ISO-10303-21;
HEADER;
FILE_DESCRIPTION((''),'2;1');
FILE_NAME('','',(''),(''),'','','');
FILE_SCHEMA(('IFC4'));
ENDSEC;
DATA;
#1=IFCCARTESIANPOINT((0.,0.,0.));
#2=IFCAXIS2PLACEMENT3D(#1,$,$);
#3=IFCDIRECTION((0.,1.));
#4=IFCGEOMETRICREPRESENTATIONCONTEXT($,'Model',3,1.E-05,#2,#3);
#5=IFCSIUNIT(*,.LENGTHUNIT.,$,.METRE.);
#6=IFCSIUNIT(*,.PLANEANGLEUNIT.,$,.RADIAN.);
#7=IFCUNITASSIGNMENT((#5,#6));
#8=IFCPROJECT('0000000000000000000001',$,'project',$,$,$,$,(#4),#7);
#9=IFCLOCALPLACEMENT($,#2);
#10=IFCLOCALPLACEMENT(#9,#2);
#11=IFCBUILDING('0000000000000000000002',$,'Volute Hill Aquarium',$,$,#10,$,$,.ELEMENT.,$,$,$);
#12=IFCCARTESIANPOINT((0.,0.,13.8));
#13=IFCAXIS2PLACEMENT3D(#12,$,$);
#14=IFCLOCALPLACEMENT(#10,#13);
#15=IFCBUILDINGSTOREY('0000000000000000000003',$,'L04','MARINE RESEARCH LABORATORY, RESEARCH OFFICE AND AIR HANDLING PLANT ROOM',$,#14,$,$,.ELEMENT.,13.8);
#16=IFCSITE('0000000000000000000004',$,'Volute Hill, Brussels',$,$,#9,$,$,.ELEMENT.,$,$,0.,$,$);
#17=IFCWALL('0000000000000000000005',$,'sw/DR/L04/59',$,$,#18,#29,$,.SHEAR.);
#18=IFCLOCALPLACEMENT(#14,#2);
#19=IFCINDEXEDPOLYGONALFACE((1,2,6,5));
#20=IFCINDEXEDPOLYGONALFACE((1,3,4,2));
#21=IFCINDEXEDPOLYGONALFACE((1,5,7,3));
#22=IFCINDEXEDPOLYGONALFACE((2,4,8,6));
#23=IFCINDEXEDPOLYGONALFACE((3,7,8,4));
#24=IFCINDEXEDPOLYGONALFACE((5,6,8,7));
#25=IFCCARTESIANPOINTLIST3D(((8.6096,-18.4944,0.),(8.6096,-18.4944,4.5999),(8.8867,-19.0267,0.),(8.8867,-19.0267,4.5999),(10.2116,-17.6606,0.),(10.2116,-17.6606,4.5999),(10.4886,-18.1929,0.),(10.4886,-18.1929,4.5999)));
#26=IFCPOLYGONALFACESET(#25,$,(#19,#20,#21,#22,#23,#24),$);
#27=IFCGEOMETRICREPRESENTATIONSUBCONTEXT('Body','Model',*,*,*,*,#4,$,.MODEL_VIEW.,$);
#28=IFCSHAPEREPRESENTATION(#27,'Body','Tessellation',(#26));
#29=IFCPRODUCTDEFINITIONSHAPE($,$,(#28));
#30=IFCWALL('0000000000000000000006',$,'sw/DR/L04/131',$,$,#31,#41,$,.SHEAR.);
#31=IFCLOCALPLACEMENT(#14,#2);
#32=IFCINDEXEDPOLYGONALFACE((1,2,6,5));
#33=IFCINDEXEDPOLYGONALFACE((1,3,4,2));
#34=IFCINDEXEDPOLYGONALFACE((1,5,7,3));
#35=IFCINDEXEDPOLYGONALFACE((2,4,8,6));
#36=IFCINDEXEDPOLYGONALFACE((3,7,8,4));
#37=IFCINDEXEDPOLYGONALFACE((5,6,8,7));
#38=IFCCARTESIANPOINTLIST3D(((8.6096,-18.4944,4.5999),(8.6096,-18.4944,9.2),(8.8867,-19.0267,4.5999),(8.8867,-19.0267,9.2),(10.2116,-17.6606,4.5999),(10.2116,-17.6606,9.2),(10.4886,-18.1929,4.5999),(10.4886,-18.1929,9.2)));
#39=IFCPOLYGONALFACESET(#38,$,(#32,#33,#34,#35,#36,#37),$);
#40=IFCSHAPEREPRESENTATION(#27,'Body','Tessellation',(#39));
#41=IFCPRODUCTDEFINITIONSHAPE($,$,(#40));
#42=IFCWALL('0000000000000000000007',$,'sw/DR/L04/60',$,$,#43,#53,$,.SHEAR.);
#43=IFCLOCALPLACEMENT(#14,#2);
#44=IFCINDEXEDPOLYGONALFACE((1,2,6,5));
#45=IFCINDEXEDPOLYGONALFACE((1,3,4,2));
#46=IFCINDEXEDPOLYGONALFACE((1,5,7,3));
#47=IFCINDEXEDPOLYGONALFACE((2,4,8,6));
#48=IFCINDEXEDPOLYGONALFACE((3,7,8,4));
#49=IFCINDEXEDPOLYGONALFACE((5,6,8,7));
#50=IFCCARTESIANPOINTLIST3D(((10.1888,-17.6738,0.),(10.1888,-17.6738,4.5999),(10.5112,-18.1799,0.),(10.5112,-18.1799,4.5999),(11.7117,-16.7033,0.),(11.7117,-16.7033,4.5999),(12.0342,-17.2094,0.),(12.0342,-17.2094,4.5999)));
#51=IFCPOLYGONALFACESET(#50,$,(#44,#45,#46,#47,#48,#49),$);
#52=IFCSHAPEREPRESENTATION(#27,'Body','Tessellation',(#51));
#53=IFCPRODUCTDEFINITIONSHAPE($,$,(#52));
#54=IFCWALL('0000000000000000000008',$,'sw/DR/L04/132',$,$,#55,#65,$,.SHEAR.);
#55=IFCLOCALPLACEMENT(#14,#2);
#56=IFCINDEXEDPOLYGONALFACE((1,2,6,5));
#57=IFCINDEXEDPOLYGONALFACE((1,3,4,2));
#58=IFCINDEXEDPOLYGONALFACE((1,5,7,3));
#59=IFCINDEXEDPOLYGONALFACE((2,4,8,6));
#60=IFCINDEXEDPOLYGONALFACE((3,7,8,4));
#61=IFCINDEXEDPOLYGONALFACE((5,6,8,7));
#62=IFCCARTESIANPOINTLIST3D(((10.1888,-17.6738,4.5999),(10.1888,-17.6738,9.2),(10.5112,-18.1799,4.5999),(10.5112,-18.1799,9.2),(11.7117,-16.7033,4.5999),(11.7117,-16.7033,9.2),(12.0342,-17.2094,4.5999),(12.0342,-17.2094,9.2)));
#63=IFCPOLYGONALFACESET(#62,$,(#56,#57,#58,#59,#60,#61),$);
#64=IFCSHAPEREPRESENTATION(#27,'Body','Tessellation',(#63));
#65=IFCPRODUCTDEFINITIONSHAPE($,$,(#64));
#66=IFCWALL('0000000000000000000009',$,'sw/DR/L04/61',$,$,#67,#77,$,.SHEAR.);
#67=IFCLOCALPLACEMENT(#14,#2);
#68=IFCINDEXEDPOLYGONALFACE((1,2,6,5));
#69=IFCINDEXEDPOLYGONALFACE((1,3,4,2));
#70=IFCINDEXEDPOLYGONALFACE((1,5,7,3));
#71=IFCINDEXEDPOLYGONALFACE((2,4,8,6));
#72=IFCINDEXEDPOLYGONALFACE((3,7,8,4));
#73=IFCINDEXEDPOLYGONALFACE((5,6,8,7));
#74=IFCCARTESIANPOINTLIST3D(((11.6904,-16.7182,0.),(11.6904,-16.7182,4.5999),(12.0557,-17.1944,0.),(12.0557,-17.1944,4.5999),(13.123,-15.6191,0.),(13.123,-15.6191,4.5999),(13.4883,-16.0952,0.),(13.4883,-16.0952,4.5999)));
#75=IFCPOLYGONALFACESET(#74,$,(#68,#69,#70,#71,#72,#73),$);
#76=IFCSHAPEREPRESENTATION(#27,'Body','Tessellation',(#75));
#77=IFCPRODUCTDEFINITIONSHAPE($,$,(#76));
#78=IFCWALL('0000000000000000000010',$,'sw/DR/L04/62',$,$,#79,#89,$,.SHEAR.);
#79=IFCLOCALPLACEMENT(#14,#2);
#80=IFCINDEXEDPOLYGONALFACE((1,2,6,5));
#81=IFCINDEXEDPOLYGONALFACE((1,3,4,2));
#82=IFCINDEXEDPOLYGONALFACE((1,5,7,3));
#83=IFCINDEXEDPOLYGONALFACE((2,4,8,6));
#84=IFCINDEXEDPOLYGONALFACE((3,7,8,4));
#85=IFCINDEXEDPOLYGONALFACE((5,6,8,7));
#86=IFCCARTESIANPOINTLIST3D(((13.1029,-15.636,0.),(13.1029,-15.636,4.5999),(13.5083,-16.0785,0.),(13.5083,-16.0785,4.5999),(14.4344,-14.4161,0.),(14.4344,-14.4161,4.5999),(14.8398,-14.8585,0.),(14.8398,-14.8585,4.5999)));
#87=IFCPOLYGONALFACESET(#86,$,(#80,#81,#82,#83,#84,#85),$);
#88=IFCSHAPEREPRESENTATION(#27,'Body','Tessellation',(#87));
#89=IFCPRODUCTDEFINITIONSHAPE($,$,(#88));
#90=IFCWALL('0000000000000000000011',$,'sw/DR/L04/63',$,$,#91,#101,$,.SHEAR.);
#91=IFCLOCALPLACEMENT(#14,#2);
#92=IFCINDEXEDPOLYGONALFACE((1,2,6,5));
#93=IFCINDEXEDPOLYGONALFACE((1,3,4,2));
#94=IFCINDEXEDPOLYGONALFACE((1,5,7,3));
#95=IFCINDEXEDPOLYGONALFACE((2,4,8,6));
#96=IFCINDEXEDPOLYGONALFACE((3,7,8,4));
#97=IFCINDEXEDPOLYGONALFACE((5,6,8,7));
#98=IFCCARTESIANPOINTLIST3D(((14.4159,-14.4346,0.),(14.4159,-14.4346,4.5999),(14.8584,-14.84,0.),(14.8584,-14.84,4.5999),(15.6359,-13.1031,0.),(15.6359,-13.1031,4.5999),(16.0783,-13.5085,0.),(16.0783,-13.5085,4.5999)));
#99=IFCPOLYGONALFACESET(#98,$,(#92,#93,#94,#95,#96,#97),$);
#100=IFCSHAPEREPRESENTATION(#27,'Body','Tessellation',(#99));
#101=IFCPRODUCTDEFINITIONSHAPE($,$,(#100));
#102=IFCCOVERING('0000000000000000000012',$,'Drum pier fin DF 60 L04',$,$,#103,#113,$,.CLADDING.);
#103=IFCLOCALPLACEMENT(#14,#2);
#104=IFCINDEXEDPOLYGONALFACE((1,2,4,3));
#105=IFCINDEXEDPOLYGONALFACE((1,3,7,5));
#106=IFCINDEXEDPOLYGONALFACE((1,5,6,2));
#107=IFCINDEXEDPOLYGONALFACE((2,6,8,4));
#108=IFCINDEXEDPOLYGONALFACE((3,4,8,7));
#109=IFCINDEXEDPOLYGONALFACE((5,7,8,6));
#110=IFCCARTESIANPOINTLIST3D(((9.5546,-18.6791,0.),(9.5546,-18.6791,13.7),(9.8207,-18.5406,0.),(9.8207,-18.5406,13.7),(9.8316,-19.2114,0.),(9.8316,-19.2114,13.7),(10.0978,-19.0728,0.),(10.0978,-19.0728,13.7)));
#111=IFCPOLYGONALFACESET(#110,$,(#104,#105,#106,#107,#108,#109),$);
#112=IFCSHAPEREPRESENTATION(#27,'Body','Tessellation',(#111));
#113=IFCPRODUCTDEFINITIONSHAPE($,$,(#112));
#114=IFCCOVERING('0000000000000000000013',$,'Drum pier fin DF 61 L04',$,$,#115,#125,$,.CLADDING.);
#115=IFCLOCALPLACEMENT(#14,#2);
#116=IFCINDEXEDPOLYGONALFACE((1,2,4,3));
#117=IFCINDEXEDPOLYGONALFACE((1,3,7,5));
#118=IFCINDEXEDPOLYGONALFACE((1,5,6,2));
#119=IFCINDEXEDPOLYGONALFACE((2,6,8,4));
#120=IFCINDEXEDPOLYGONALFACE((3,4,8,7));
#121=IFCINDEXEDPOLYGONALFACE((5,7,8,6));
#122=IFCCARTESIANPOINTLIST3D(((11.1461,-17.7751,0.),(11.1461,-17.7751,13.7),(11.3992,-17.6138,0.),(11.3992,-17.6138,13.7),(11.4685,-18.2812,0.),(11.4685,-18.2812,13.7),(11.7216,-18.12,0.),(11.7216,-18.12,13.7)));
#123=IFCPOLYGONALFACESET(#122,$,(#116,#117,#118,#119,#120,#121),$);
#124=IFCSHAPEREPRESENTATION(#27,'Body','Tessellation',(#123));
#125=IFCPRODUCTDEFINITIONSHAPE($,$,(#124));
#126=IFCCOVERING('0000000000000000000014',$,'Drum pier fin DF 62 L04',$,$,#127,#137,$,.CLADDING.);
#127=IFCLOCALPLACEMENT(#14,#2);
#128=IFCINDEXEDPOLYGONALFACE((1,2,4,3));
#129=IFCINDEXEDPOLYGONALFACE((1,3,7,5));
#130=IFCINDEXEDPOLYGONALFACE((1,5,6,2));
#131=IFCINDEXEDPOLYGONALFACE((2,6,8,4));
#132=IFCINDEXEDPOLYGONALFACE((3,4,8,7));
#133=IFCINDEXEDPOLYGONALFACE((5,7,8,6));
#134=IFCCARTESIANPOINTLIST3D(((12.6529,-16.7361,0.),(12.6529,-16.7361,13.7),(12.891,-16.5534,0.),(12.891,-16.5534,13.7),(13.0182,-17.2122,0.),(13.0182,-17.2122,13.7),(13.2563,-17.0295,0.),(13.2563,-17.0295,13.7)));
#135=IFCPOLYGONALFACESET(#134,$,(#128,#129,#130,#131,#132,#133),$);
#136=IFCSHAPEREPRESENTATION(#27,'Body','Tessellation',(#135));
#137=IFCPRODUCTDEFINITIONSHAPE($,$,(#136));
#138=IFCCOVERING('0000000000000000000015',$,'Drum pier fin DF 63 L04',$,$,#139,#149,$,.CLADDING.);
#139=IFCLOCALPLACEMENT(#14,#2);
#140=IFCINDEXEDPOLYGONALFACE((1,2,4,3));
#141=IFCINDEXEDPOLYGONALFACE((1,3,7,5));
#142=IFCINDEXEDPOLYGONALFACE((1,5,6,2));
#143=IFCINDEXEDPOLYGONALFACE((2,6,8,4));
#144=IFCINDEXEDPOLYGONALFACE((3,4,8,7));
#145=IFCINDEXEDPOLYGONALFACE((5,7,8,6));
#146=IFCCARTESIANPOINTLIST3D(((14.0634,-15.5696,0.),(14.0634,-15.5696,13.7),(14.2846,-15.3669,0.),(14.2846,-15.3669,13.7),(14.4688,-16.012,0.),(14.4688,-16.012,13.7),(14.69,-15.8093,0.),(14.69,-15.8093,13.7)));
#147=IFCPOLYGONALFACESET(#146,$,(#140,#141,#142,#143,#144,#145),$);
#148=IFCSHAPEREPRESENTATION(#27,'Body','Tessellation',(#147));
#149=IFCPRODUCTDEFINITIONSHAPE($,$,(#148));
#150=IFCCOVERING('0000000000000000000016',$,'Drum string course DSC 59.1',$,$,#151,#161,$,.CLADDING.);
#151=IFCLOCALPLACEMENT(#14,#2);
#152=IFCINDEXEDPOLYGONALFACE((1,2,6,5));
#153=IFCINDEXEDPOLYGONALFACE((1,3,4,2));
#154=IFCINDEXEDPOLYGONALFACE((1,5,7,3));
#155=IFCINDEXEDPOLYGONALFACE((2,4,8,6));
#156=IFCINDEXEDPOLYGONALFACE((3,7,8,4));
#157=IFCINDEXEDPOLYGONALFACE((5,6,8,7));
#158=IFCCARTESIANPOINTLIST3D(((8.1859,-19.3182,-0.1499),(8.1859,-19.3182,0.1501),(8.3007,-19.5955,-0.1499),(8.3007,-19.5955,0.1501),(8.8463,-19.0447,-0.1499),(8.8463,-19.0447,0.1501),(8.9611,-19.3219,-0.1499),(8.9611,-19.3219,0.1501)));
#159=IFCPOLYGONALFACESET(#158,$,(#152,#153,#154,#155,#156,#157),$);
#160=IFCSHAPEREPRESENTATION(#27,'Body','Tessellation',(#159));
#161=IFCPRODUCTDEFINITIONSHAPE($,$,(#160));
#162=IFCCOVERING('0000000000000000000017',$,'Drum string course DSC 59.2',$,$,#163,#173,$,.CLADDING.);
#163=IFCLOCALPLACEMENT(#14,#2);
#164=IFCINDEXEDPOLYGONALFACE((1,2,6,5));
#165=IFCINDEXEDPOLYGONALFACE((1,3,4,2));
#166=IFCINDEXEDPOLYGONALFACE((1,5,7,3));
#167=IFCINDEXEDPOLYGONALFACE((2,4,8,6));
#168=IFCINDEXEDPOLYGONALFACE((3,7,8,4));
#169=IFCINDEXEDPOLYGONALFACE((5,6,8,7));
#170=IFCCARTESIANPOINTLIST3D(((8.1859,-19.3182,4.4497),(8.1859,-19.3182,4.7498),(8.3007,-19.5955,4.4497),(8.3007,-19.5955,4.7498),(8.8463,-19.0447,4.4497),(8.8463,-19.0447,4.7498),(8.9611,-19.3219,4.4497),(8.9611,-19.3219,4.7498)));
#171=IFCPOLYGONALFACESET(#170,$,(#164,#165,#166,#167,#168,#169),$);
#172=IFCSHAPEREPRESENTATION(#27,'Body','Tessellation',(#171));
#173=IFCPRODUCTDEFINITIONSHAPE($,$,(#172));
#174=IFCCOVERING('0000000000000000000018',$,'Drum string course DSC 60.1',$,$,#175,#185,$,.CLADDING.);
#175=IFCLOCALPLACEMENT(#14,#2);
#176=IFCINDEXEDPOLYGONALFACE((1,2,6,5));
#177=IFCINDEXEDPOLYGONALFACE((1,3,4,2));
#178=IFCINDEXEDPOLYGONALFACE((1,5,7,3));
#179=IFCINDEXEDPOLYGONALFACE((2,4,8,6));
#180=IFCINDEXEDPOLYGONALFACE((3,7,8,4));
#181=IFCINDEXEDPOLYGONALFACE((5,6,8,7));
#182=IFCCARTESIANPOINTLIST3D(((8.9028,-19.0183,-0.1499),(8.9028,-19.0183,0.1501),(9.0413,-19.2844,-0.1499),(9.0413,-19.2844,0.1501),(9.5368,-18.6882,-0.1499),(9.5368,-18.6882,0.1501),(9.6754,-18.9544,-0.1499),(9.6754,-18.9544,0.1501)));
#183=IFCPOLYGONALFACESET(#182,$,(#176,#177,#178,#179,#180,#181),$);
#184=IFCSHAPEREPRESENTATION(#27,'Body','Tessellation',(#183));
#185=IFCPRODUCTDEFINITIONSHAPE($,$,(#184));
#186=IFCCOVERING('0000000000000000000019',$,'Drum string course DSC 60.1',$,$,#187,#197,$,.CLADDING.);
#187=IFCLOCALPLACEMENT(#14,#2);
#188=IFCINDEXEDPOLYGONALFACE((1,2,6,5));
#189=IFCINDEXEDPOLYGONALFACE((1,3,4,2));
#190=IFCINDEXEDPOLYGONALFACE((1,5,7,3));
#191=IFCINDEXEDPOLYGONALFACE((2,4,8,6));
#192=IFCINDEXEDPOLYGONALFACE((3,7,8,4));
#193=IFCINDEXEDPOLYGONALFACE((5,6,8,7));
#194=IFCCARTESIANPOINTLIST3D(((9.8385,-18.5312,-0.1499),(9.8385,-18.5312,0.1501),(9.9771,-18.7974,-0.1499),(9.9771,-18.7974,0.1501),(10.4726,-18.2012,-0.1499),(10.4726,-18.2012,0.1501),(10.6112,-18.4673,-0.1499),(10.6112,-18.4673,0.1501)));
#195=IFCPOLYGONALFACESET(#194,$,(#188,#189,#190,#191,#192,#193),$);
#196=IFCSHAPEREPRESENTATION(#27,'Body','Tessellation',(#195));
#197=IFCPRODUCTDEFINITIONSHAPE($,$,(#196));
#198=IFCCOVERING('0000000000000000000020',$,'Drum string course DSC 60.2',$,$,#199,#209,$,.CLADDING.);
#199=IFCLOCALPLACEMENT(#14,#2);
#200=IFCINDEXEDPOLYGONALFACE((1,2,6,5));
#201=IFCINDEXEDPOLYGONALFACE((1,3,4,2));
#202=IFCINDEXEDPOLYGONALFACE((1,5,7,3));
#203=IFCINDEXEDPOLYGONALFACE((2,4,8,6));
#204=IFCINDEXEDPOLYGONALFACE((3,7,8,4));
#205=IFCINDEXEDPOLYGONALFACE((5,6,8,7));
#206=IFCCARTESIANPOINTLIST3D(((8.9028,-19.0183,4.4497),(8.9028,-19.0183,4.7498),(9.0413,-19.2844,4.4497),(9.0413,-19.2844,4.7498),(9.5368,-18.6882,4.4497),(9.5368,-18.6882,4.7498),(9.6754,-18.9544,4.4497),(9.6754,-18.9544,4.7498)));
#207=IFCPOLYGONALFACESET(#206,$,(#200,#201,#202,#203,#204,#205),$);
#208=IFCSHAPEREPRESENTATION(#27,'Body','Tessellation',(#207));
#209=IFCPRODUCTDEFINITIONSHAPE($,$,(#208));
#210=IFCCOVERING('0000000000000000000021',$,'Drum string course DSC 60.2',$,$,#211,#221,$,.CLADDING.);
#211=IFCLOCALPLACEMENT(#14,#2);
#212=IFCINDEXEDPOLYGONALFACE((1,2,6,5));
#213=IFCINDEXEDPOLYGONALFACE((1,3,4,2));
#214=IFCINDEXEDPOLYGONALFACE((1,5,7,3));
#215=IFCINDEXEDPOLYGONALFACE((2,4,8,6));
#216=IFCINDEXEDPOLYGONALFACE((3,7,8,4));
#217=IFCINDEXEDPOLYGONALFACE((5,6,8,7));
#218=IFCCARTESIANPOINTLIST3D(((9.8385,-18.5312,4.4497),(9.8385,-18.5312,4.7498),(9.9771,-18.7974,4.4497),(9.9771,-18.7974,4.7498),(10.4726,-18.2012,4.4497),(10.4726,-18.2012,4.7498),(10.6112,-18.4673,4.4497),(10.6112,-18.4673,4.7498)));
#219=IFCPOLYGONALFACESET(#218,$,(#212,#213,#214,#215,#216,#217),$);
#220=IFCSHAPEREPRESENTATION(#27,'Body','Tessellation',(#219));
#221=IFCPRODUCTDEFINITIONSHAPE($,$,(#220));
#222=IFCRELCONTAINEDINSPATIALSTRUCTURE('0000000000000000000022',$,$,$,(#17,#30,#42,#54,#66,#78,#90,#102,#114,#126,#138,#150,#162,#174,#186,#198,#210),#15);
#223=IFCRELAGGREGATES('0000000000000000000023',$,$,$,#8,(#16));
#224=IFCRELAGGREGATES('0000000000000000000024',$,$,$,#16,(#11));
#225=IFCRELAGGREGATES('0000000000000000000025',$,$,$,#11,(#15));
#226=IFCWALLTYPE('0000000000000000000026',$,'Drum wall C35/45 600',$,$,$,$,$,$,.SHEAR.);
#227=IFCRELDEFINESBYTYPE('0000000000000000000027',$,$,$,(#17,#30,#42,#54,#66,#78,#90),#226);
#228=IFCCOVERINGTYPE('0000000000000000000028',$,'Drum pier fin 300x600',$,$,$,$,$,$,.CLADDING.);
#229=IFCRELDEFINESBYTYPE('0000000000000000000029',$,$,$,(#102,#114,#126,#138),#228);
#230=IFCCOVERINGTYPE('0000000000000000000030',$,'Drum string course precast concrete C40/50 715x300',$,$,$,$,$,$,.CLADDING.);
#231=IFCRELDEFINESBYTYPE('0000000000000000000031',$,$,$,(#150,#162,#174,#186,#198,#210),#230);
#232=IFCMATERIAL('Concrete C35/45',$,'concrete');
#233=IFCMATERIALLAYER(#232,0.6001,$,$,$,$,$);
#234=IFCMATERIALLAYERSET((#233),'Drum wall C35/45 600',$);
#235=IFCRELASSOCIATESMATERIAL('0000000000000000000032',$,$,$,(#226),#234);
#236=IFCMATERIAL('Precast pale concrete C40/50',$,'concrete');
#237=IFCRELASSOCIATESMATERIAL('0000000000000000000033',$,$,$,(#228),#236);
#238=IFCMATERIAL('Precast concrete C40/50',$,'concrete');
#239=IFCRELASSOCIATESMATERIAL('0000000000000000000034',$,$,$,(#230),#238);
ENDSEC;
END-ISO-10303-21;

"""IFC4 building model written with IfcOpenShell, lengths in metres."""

from ifc_helpers import new_model, si_unit, direction, frame, frame_2d, origin, origin_2d, place, context, subcontext, project, spatial, rectangle, extrude, material, layer, layer_set, type_object, element, save


model = new_model("IFC4")

# Units and contexts
model_context = context("Model", 3, precision=1e-05, world=origin(), true_north=direction((0.0, 1.0)))
body_context = subcontext(model_context, "Body", "Model", "MODEL_VIEW")
ifc_project = project(units=[si_unit("LENGTHUNIT", "METRE"), si_unit("PLANEANGLEUNIT", "RADIAN")], contexts=[model_context])

# Site, building, storey
site_placement = place(None, origin())
site = spatial("IfcSite", under=ifc_project, at=site_placement, Name="Volute Hill, Brussels", CompositionType="ELEMENT", RefElevation=0.0)
building_placement = place(site_placement, origin())
building = spatial("IfcBuilding", under=site, at=building_placement, Name="Volute Hill Aquarium", CompositionType="ELEMENT")
storey_placement = place(building_placement, frame((0.0, 0.0, 13.8)))
storey = spatial("IfcBuildingStorey", under=building, at=storey_placement, Name="L04", Description="MARINE RESEARCH LABORATORY, RESEARCH OFFICE AND AIR HANDLING PLANT ROOM", CompositionType="ELEMENT", Elevation=13.8)

# Walls
ifc_material_1 = material(Name="Concrete C35/45", Category="concrete")
ifc_layer = layer(ifc_material_1, 0.6001)
ifc_layer_set = layer_set([ifc_layer], Name="Drum wall C35/45 600")
wall_type = type_object("IfcWallType", Name="Drum wall C35/45 600", PredefinedType="SHEAR", material=ifc_layer_set)
wall_1_placement = place(storey_placement, frame((8.7483, -18.7605, 0.0), z_axis=(0.0, 0.0, 1.0), x_axis=(0.887035, 0.461702, 0.0)))
element("IfcWall", 1, at=wall_1_placement, inside=storey, type_object=wall_type, Name="sw/DR/L04/59", PredefinedType="SHEAR", context=body_context, shape_type="SweptSolid", body=[
    extrude(rectangle(XDim=1.8059, YDim=0.6001, at=frame_2d((0.9028, 0.0))), origin(), (0.0, 0.0, 1.0), 4.5999),
])
wall_2_placement = place(storey_placement, frame((8.7483, -18.7605, 4.5999), z_axis=(0.0, 0.0, 1.0), x_axis=(0.887035, 0.461702, 0.0)))
element("IfcWall", 2, at=wall_2_placement, inside=storey, type_object=wall_type, Name="sw/DR/L04/131", PredefinedType="SHEAR", context=body_context, shape_type="SweptSolid", body=[
    extrude(rectangle(XDim=1.8059, YDim=0.6001, at=frame_2d((0.9028, 0.0))), origin(), (0.0, 0.0, 1.0), 4.6001),
])
wall_3_placement = place(storey_placement, frame((10.3501, -17.9268, 0.0), z_axis=(0.0, 0.0, 1.0), x_axis=(0.843333, 0.537392, 0.0)))
element("IfcWall", 3, at=wall_3_placement, inside=storey, type_object=wall_type, Name="sw/DR/L04/60", PredefinedType="SHEAR", context=body_context, shape_type="SweptSolid", body=[
    extrude(rectangle(XDim=1.8059, YDim=0.6001, at=frame_2d((0.9028, 0.0))), origin(), (0.0, 0.0, 1.0), 4.5999),
])
wall_4_placement = place(storey_placement, frame((10.3501, -17.9268, 4.5999), z_axis=(0.0, 0.0, 1.0), x_axis=(0.843333, 0.537392, 0.0)))
element("IfcWall", 4, at=wall_4_placement, inside=storey, type_object=wall_type, Name="sw/DR/L04/132", PredefinedType="SHEAR", context=body_context, shape_type="SweptSolid", body=[
    extrude(rectangle(XDim=1.8059, YDim=0.6001, at=frame_2d((0.9028, 0.0))), origin(), (0.0, 0.0, 1.0), 4.6001),
])
wall_5_placement = place(storey_placement, frame((11.873, -16.9563, 0.0), z_axis=(0.0, 0.0, 1.0), x_axis=(0.793397, 0.608704, 0.0)))
element("IfcWall", 5, at=wall_5_placement, inside=storey, type_object=wall_type, Name="sw/DR/L04/61", PredefinedType="SHEAR", context=body_context, shape_type="SweptSolid", body=[
    extrude(rectangle(XDim=1.8057, YDim=0.6001, at=frame_2d((0.9028, 0.0))), origin(), (0.0, 0.0, 1.0), 4.5999),
])
for number, where, z_axis, x_axis, name in (
    (6, (13.3057, -15.8572, 0.0), (0.0, 0.0, 1.0), (0.737322, 0.675541, 0.0), "sw/DR/L04/62"),
    (7, (14.6372, -14.6372, 0.0), (0.0, 0.0, 1.0), (0.675541, 0.737322, 0.0), "sw/DR/L04/63"),
):
    element("IfcWall", number, at=place(storey_placement, frame(where, z_axis=z_axis, x_axis=x_axis)), inside=storey, type_object=wall_type, Name=name, PredefinedType="SHEAR", context=body_context, shape_type="SweptSolid", body=[
        extrude(rectangle(XDim=1.8059, YDim=0.6001, at=frame_2d((0.9028, 0.0))), origin(), (0.0, 0.0, 1.0), 4.5999),
    ])

# Coverings
ifc_material_2 = material(Name="Precast pale concrete C40/50", Category="concrete")
covering_type_1 = type_object("IfcCoveringType", Name="Drum pier fin 300x600", PredefinedType="CLADDING", material=ifc_material_2)
for number, where, z_axis, x_axis, name in (
    (8, (9.8262, -18.876, 0.0), (0.0, 0.0, 1.0), (0.887011, 0.461749, 0.0), "Drum pier fin DF 60 L04"),
    (9, (11.4338, -17.9475, 0.0), (0.0, 0.0, 1.0), (0.843391, 0.5373, 0.0), "Drum pier fin DF 61 L04"),
    (10, (12.9546, -16.8828, 0.0), (0.0, 0.0, 1.0), (0.793353, 0.608761, 0.0), "Drum pier fin DF 62 L04"),
    (11, (14.3767, -15.6895, 0.0), (0.0, 0.0, 1.0), (0.737277, 0.67559, 0.0), "Drum pier fin DF 63 L04"),
):
    element("IfcCovering", number, at=place(storey_placement, frame(where, z_axis=z_axis, x_axis=x_axis)), inside=storey, type_object=covering_type_1, Name=name, PredefinedType="CLADDING", context=body_context, shape_type="SweptSolid", body=[
        extrude(rectangle(XDim=0.3, YDim=0.6001, at=origin_2d()), origin(), (0.0, 0.0, 1.0), 13.7),
    ])
ifc_material_3 = material(Name="Precast concrete C40/50", Category="concrete")
covering_type_2 = type_object("IfcCoveringType", Name="Drum string course precast concrete C40/50 715x300", PredefinedType="CLADDING", material=ifc_material_3)
for number, where, z_axis, x_axis, name in (
    (12, (8.5735, -19.3201, -0.1499), (0.0, 0.0, 1.0), (0.92388, 0.382683, 0.0), "Drum string course DSC 59.1"),
    (13, (8.5735, -19.3201, 4.4497), (0.0, 0.0, 1.0), (0.92388, 0.382683, 0.0), "Drum string course DSC 59.2"),
    (14, (9.2891, -18.9863, -0.1499), (0.0, 0.0, 1.0), (0.887011, 0.461749, 0.0), "Drum string course DSC 60.1"),
    (15, (10.2249, -18.4993, -0.1499), (0.0, 0.0, 1.0), (0.887011, 0.461749, 0.0), "Drum string course DSC 60.1"),
    (16, (9.2891, -18.9863, 4.4497), (0.0, 0.0, 1.0), (0.887011, 0.461749, 0.0), "Drum string course DSC 60.2"),
    (17, (10.2249, -18.4993, 4.4497), (0.0, 0.0, 1.0), (0.887011, 0.461749, 0.0), "Drum string course DSC 60.2"),
):
    element("IfcCovering", number, at=place(storey_placement, frame(where, z_axis=z_axis, x_axis=x_axis)), inside=storey, type_object=covering_type_2, Name=name, PredefinedType="CLADDING", context=body_context, shape_type="SweptSolid", body=[
        extrude(rectangle(XDim=0.7148, YDim=0.3, at=origin_2d()), origin(), (0.0, 0.0, 1.0), 0.3),
    ])

save(model, "model.ifc")
